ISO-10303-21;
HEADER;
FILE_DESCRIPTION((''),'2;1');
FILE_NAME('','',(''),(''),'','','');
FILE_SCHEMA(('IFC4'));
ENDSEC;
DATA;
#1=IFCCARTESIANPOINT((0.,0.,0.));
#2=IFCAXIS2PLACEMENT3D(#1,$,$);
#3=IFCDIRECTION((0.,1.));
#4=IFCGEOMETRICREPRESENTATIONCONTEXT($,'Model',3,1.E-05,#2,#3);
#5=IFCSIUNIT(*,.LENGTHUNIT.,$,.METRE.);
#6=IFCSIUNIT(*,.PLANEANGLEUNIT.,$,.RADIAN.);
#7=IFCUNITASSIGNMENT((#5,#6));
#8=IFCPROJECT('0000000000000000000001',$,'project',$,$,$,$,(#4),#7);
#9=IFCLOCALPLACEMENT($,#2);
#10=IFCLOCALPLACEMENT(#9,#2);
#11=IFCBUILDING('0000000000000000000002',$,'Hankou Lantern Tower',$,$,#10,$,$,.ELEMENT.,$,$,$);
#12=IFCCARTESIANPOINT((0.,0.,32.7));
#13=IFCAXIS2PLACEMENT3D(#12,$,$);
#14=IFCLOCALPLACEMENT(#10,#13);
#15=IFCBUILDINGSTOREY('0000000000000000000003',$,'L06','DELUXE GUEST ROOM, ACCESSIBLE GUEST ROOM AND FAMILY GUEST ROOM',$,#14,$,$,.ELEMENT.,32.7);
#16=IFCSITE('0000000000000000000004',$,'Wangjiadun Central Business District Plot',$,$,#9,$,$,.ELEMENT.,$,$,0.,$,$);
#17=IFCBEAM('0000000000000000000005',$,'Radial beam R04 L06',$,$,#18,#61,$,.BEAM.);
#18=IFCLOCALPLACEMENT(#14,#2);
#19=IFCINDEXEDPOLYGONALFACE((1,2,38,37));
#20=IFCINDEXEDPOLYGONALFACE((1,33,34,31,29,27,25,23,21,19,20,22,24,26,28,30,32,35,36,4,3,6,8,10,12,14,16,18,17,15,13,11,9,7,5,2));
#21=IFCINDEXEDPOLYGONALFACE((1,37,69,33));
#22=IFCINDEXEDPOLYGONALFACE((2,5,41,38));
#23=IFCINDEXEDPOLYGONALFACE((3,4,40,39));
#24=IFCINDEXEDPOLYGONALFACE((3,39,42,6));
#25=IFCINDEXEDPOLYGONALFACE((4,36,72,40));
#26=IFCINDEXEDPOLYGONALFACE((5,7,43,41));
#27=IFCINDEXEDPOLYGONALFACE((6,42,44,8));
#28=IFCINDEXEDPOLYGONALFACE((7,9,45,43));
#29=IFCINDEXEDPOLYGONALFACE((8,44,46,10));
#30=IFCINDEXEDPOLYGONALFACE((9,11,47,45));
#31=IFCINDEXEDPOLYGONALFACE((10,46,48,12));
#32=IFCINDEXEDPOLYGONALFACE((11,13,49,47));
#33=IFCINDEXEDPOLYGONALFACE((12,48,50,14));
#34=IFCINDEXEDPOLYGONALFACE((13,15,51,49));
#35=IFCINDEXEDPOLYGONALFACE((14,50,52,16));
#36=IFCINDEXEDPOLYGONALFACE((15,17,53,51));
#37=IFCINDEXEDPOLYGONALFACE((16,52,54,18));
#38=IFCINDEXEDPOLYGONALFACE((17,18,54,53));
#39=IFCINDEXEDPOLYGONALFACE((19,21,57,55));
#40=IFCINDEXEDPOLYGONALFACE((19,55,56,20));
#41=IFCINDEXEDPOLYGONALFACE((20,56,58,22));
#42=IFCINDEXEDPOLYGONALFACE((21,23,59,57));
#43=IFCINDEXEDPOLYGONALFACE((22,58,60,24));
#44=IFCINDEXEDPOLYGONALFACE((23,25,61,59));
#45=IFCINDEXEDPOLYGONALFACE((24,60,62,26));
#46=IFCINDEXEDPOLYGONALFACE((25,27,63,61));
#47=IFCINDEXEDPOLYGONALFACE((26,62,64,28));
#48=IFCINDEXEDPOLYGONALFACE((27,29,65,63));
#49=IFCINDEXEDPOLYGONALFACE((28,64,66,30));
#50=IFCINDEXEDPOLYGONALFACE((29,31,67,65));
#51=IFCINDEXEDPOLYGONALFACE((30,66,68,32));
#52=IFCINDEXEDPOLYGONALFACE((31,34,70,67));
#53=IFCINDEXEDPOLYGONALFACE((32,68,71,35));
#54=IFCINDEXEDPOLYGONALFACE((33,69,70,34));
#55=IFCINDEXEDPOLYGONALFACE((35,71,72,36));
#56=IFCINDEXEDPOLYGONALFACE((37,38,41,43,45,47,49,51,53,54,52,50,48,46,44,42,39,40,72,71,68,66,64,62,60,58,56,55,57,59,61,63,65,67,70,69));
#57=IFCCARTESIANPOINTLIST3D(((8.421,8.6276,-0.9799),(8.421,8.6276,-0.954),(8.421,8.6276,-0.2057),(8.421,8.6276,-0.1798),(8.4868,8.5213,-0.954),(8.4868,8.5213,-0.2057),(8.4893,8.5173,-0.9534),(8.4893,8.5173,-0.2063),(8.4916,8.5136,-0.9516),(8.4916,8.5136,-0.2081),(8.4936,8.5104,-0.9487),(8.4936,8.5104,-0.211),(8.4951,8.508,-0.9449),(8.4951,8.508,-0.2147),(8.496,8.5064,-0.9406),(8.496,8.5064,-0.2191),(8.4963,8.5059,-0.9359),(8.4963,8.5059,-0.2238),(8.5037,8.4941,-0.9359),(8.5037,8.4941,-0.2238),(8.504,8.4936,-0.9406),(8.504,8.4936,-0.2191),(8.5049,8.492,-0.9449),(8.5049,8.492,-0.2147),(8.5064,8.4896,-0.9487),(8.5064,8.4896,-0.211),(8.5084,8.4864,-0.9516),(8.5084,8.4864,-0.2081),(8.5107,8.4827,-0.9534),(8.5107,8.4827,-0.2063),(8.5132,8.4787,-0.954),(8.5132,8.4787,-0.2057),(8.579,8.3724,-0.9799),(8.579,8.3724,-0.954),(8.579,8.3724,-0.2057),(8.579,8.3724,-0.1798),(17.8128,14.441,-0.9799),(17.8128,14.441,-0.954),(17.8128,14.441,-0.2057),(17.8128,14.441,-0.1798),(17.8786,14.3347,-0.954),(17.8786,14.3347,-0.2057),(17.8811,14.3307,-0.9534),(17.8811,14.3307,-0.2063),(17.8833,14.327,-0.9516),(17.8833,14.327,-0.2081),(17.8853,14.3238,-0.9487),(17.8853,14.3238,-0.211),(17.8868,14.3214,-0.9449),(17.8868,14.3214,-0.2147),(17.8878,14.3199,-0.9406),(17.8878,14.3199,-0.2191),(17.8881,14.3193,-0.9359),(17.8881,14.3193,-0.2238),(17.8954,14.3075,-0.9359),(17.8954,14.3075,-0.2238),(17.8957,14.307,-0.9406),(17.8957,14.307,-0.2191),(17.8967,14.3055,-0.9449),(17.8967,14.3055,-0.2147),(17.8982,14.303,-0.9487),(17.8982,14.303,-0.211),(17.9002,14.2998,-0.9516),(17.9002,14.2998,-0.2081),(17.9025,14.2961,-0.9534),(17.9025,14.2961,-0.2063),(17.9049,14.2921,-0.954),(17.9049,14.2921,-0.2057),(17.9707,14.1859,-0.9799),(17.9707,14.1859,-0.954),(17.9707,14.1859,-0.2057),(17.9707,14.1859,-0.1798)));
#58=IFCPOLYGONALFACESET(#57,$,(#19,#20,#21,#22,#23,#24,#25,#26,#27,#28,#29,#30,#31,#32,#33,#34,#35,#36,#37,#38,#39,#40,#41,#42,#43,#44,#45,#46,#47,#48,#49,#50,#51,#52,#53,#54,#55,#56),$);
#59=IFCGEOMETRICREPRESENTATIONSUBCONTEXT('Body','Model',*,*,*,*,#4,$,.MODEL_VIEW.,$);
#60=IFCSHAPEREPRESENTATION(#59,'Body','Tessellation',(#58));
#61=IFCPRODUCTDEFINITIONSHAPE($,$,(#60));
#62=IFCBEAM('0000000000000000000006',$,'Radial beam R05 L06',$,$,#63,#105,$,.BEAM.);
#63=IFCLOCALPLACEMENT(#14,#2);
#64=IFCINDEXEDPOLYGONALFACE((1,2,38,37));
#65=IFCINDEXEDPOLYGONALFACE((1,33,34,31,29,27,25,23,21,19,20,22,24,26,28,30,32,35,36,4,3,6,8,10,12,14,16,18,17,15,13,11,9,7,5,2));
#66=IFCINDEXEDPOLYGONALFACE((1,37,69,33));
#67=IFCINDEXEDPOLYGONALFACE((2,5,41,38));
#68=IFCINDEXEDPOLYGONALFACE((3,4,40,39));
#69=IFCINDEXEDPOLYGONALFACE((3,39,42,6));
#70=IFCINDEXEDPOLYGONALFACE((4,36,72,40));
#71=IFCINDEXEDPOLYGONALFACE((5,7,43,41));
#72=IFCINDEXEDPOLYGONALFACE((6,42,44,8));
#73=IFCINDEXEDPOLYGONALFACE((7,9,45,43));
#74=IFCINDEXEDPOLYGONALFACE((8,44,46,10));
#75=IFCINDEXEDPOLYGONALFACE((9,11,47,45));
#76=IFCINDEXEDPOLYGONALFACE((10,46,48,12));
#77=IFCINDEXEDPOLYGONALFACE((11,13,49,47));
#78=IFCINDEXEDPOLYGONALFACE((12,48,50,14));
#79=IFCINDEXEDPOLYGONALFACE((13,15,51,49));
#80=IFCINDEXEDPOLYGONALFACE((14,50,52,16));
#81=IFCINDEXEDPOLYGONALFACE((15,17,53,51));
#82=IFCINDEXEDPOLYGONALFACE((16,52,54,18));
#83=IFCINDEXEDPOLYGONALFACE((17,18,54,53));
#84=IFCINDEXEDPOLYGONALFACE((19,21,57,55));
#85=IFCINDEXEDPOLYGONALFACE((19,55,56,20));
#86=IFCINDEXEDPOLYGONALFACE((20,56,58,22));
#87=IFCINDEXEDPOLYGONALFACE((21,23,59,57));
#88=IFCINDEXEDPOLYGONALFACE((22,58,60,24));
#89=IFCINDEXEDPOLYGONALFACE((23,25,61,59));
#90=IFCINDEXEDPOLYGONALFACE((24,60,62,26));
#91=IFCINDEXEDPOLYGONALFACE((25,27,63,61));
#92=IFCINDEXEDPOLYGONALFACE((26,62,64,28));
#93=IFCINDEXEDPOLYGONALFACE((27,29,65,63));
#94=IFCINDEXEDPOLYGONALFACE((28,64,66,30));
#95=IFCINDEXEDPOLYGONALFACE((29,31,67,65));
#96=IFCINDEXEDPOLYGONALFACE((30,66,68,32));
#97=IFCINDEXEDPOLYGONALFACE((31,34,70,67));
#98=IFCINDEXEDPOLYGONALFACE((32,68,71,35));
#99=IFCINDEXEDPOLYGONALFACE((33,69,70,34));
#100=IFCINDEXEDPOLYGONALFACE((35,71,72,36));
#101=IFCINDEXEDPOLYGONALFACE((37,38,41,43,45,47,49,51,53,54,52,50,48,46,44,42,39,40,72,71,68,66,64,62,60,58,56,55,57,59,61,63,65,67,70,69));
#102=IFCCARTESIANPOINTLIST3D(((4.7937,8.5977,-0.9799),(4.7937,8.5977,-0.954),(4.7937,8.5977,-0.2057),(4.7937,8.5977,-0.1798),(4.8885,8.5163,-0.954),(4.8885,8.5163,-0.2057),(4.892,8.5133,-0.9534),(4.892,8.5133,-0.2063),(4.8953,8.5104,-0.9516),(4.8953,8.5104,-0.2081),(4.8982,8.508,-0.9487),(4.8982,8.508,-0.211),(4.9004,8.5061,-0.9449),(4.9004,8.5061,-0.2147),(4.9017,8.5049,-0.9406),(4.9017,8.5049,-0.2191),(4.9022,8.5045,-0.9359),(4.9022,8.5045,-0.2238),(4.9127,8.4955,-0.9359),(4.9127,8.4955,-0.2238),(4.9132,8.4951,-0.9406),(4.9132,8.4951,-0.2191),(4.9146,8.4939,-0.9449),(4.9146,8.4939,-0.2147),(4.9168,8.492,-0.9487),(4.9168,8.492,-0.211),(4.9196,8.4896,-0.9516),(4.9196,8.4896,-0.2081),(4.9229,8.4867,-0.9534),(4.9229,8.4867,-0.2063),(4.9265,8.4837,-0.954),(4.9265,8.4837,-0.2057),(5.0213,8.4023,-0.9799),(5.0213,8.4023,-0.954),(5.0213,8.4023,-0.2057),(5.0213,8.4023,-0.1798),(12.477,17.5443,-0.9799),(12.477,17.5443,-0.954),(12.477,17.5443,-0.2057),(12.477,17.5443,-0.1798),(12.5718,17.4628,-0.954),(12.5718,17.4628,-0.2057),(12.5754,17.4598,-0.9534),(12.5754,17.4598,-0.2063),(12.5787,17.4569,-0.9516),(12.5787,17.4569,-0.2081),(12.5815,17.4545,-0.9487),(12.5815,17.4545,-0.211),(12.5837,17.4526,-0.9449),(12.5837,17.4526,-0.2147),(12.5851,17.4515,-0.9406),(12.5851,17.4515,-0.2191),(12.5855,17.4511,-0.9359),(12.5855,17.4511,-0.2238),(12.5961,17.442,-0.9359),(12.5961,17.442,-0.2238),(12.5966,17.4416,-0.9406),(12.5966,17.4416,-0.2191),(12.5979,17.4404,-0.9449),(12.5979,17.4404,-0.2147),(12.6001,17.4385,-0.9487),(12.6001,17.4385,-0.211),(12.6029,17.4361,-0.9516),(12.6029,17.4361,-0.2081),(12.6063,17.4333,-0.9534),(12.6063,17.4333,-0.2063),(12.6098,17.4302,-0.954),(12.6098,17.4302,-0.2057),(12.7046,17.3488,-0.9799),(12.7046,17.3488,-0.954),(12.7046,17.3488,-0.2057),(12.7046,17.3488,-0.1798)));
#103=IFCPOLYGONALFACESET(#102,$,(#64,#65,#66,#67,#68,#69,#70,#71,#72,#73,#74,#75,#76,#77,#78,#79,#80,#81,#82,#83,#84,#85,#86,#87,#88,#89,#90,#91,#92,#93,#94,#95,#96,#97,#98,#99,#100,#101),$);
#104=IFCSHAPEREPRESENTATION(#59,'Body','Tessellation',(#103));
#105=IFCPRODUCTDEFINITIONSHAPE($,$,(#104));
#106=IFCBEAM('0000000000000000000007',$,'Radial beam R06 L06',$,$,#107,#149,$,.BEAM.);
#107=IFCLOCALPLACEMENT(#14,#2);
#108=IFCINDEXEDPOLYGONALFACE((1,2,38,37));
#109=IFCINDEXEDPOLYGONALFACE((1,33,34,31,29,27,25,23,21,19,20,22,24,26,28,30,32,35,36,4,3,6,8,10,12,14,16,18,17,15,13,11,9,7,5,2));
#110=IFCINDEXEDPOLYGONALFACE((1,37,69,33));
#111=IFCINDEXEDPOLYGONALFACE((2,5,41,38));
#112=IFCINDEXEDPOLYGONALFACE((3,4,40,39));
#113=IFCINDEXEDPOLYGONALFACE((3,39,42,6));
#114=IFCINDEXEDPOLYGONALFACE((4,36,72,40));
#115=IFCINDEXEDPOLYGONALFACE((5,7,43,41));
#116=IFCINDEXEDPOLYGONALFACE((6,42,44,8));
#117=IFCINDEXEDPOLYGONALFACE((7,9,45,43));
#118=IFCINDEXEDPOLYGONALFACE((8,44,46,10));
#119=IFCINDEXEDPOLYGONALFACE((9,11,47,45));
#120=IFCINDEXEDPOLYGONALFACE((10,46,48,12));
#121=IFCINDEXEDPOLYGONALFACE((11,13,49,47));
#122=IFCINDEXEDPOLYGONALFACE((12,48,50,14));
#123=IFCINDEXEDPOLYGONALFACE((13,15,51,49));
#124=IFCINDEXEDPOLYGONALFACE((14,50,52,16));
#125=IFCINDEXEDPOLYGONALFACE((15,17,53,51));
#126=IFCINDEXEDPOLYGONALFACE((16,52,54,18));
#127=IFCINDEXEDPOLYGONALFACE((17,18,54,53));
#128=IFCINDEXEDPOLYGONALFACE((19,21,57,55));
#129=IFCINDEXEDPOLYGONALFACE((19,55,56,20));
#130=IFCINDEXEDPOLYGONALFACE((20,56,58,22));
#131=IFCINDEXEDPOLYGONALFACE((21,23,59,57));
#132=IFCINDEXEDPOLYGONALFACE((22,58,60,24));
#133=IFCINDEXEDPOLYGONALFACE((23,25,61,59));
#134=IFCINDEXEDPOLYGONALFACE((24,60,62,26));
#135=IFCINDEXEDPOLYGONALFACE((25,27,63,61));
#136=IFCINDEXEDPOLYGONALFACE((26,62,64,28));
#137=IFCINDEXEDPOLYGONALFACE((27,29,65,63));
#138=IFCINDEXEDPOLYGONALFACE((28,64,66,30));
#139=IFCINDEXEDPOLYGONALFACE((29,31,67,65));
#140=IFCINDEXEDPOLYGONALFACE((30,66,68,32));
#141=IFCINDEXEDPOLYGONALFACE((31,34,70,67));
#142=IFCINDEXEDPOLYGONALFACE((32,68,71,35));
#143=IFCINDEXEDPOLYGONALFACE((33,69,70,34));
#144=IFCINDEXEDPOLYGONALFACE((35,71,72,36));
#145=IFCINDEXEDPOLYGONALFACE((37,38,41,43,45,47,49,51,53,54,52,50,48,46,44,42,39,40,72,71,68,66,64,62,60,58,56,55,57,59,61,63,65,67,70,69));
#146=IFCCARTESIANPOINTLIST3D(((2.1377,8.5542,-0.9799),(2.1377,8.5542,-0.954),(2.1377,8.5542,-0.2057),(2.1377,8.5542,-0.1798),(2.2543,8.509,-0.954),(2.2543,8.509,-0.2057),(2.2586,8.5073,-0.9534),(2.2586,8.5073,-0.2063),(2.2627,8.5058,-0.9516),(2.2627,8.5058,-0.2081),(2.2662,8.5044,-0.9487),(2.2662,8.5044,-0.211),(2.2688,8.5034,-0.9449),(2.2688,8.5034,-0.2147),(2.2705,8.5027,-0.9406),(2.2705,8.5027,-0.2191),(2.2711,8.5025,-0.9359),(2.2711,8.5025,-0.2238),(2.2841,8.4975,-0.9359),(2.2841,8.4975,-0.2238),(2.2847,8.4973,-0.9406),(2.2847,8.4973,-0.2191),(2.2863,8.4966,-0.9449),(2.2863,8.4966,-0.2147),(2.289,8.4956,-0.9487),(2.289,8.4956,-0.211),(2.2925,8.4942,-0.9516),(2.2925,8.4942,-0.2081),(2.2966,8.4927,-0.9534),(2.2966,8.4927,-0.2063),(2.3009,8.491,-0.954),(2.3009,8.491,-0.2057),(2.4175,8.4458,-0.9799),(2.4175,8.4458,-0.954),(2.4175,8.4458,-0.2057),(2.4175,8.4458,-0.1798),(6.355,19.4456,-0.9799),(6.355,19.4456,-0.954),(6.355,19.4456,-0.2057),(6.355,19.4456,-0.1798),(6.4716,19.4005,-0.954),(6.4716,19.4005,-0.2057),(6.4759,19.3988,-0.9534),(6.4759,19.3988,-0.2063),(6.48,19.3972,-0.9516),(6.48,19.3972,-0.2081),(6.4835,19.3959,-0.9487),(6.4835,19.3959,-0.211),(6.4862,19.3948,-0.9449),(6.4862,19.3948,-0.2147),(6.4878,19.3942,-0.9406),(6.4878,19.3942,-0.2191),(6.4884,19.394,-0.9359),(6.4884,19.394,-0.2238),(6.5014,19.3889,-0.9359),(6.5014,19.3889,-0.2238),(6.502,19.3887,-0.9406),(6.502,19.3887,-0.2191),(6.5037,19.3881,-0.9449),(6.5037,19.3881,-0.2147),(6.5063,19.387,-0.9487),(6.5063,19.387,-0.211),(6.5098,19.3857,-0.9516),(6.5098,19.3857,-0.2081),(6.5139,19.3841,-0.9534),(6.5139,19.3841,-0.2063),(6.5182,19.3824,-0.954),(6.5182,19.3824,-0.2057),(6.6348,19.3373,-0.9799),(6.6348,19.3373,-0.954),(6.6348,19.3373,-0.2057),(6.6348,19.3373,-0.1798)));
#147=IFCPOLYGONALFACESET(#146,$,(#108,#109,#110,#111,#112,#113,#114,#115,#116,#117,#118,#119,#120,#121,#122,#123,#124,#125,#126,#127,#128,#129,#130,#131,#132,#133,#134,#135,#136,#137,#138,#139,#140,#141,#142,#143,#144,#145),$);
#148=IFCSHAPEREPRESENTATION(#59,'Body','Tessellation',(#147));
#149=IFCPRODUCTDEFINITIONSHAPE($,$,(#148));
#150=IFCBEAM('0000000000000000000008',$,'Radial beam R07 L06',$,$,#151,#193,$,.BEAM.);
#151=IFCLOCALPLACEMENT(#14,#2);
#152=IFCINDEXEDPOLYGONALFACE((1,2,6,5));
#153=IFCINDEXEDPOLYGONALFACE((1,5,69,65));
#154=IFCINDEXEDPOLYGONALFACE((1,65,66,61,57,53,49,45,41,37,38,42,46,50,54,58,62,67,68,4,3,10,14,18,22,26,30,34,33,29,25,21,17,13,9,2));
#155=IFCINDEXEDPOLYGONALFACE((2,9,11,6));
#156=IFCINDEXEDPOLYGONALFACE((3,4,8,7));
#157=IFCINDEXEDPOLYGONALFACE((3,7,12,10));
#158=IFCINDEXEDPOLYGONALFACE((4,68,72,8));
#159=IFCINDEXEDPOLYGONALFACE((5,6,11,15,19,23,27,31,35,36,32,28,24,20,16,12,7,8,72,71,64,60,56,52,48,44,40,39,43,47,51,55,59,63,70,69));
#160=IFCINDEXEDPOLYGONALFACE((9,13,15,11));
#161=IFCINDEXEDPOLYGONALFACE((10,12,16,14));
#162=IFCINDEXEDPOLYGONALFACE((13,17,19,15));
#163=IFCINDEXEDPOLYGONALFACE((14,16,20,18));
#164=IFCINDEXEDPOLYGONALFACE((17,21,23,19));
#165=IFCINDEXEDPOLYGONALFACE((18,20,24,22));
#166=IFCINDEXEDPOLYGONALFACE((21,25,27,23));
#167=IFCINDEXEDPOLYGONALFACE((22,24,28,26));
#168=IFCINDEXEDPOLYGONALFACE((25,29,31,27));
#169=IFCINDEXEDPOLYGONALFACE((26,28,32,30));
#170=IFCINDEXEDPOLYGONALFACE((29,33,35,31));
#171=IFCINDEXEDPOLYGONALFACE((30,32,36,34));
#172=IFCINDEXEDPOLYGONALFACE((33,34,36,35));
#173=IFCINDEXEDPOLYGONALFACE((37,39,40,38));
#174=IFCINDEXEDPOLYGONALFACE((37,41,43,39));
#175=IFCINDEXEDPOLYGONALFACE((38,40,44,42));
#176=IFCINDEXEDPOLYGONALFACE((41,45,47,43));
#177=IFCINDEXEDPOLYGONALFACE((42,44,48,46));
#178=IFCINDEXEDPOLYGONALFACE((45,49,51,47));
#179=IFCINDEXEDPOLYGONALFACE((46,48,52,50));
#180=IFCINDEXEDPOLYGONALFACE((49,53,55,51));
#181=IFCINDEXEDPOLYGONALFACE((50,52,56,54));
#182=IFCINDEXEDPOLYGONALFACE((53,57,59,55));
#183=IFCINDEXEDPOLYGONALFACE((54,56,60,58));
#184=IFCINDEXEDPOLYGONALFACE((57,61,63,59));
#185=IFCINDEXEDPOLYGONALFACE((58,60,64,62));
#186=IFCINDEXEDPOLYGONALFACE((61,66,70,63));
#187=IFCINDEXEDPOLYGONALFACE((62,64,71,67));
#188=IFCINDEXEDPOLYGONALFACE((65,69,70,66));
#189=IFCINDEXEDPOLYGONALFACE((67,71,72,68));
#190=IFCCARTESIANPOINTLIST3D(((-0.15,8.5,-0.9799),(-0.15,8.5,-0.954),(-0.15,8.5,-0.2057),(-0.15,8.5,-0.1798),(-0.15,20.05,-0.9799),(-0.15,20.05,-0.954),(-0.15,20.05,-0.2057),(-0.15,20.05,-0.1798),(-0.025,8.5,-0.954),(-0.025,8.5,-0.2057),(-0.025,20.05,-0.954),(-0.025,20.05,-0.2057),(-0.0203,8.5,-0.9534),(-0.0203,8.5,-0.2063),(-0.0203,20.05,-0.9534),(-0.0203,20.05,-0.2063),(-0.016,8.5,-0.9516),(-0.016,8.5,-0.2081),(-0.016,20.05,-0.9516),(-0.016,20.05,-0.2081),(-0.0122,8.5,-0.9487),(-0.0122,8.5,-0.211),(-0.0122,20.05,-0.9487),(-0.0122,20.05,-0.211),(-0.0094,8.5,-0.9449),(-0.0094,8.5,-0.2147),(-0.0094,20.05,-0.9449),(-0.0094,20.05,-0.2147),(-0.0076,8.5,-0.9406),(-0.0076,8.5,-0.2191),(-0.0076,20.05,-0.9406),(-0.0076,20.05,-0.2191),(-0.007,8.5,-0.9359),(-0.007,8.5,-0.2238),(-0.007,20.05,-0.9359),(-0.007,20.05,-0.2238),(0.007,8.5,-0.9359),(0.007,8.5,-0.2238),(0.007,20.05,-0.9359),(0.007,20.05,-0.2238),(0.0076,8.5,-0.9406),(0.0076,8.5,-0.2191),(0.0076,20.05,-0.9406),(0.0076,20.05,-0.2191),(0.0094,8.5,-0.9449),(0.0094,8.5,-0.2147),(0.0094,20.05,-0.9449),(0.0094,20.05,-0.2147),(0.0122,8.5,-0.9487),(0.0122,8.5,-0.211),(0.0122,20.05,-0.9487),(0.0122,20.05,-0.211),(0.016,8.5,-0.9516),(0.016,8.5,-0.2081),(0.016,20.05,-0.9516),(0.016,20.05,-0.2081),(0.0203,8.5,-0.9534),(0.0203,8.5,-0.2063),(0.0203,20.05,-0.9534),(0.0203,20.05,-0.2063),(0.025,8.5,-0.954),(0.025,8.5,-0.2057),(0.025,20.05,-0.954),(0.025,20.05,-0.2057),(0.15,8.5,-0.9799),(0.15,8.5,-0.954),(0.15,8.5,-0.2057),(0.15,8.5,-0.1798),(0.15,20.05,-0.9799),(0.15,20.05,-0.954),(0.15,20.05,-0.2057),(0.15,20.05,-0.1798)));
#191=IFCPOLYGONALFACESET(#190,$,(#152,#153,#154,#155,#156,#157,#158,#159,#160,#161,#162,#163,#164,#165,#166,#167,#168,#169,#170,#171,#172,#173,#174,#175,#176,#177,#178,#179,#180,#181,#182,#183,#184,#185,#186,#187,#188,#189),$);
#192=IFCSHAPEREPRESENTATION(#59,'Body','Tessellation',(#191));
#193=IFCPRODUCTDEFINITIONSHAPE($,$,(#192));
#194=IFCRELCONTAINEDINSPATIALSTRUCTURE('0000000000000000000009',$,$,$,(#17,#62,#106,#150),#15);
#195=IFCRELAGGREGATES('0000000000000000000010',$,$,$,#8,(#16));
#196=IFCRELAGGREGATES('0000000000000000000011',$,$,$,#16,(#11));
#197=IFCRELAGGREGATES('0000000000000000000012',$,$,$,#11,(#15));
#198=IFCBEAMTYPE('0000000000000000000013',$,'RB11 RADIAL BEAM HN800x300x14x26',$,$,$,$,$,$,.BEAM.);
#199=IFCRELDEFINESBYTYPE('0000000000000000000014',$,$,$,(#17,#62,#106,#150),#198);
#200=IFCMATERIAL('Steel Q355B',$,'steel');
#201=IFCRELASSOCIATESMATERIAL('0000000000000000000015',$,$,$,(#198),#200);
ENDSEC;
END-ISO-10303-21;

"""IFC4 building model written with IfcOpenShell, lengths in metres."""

from ifc_helpers import new_model, si_unit, direction, frame, origin, origin_2d, place, context, subcontext, project, spatial, i_section, extrude, material, material_profile, profile_set, type_object, element, save


model = new_model("IFC4")

# Units and contexts
model_context = context("Model", 3, precision=1e-05, world=origin(), true_north=direction((0.0, 1.0)))
body_context = subcontext(model_context, "Body", "Model", "MODEL_VIEW")
ifc_project = project(units=[si_unit("LENGTHUNIT", "METRE"), si_unit("PLANEANGLEUNIT", "RADIAN")], contexts=[model_context])

# Site, building, storey
site_placement = place(None, origin())
site = spatial("IfcSite", under=ifc_project, at=site_placement, Name="Wangjiadun Central Business District Plot", CompositionType="ELEMENT", RefElevation=0.0)
building_placement = place(site_placement, origin())
building = spatial("IfcBuilding", under=site, at=building_placement, Name="Hankou Lantern Tower", CompositionType="ELEMENT")
storey_placement = place(building_placement, frame((0.0, 0.0, 32.7)))
storey = spatial("IfcBuildingStorey", under=building, at=storey_placement, Name="L06", Description="DELUXE GUEST ROOM, ACCESSIBLE GUEST ROOM AND FAMILY GUEST ROOM", CompositionType="ELEMENT", Elevation=32.7)

# Beams
ifc_material_1 = material(Name="Steel Q355B", Category="steel")
ifc_material_profile_1 = material_profile(ifc_material_1, i_section(OverallWidth=0.3, OverallDepth=0.8, WebThickness=0.0139, FlangeThickness=0.0259, FilletRadius=0.0181, at=origin_2d()), Name="HN800x300x14x26")
ifc_profile_set_1 = profile_set([ifc_material_profile_1], Name="Steel Q355B")
beam_type_1 = type_object("IfcBeamType", Name="RB11 RADIAL BEAM HN800x300x14x26", PredefinedType="BEAM", material=ifc_profile_set_1)
beam_1_placement = place(storey_placement, frame((8.5, 8.5, -0.5798), z_axis=(0.850286, 0.52632, 0.0), x_axis=(-0.52632, 0.850286, 0.0)))
element("IfcBeam", 1, at=beam_1_placement, inside=storey, type_object=beam_type_1, Name="Radial beam R04 L06", PredefinedType="BEAM", context=body_context, shape_type="SweptSolid", body=[
    extrude(i_section(OverallWidth=0.3, OverallDepth=0.8, WebThickness=0.0139, FlangeThickness=0.0259, FilletRadius=0.0181, at=origin_2d()), origin(), (0.0, 0.0, 1.0), 11.0454),
])
beam_2_placement = place(storey_placement, frame((4.9075, 8.5, -0.5798), z_axis=(0.651519, 0.758632, 0.0), x_axis=(-0.758632, 0.651519, 0.0)))
element("IfcBeam", 2, at=beam_2_placement, inside=storey, type_object=beam_type_1, Name="Radial beam R05 L06", PredefinedType="BEAM", context=body_context, shape_type="SweptSolid", body=[
    extrude(i_section(OverallWidth=0.3, OverallDepth=0.8, WebThickness=0.0139, FlangeThickness=0.0259, FilletRadius=0.0181, at=origin_2d()), origin(), (0.0, 0.0, 1.0), 11.793),
])
beam_3_placement = place(storey_placement, frame((2.2776, 8.5, -0.5798), z_axis=(0.361089, 0.932531, 0.0), x_axis=(-0.932531, 0.361089, 0.0)))
element("IfcBeam", 3, at=beam_3_placement, inside=storey, type_object=beam_type_1, Name="Radial beam R06 L06", PredefinedType="BEAM", context=body_context, shape_type="SweptSolid", body=[
    extrude(i_section(OverallWidth=0.3, OverallDepth=0.8, WebThickness=0.0139, FlangeThickness=0.0259, FilletRadius=0.0181, at=origin_2d()), origin(), (0.0, 0.0, 1.0), 11.6794),
])
beam_4_placement = place(storey_placement, frame((0.0, 8.5, -0.5798), z_axis=(0.0, 1.0, 0.0), x_axis=(-1.0, 0.0, 0.0)))
element("IfcBeam", 4, at=beam_4_placement, inside=storey, type_object=beam_type_1, Name="Radial beam R07 L06", PredefinedType="BEAM", context=body_context, shape_type="SweptSolid", body=[
    extrude(i_section(OverallWidth=0.3, OverallDepth=0.8, WebThickness=0.0139, FlangeThickness=0.0259, FilletRadius=0.0181, at=origin_2d()), origin(), (0.0, 0.0, 1.0), 11.55),
])

save(model, "model.ifc")
